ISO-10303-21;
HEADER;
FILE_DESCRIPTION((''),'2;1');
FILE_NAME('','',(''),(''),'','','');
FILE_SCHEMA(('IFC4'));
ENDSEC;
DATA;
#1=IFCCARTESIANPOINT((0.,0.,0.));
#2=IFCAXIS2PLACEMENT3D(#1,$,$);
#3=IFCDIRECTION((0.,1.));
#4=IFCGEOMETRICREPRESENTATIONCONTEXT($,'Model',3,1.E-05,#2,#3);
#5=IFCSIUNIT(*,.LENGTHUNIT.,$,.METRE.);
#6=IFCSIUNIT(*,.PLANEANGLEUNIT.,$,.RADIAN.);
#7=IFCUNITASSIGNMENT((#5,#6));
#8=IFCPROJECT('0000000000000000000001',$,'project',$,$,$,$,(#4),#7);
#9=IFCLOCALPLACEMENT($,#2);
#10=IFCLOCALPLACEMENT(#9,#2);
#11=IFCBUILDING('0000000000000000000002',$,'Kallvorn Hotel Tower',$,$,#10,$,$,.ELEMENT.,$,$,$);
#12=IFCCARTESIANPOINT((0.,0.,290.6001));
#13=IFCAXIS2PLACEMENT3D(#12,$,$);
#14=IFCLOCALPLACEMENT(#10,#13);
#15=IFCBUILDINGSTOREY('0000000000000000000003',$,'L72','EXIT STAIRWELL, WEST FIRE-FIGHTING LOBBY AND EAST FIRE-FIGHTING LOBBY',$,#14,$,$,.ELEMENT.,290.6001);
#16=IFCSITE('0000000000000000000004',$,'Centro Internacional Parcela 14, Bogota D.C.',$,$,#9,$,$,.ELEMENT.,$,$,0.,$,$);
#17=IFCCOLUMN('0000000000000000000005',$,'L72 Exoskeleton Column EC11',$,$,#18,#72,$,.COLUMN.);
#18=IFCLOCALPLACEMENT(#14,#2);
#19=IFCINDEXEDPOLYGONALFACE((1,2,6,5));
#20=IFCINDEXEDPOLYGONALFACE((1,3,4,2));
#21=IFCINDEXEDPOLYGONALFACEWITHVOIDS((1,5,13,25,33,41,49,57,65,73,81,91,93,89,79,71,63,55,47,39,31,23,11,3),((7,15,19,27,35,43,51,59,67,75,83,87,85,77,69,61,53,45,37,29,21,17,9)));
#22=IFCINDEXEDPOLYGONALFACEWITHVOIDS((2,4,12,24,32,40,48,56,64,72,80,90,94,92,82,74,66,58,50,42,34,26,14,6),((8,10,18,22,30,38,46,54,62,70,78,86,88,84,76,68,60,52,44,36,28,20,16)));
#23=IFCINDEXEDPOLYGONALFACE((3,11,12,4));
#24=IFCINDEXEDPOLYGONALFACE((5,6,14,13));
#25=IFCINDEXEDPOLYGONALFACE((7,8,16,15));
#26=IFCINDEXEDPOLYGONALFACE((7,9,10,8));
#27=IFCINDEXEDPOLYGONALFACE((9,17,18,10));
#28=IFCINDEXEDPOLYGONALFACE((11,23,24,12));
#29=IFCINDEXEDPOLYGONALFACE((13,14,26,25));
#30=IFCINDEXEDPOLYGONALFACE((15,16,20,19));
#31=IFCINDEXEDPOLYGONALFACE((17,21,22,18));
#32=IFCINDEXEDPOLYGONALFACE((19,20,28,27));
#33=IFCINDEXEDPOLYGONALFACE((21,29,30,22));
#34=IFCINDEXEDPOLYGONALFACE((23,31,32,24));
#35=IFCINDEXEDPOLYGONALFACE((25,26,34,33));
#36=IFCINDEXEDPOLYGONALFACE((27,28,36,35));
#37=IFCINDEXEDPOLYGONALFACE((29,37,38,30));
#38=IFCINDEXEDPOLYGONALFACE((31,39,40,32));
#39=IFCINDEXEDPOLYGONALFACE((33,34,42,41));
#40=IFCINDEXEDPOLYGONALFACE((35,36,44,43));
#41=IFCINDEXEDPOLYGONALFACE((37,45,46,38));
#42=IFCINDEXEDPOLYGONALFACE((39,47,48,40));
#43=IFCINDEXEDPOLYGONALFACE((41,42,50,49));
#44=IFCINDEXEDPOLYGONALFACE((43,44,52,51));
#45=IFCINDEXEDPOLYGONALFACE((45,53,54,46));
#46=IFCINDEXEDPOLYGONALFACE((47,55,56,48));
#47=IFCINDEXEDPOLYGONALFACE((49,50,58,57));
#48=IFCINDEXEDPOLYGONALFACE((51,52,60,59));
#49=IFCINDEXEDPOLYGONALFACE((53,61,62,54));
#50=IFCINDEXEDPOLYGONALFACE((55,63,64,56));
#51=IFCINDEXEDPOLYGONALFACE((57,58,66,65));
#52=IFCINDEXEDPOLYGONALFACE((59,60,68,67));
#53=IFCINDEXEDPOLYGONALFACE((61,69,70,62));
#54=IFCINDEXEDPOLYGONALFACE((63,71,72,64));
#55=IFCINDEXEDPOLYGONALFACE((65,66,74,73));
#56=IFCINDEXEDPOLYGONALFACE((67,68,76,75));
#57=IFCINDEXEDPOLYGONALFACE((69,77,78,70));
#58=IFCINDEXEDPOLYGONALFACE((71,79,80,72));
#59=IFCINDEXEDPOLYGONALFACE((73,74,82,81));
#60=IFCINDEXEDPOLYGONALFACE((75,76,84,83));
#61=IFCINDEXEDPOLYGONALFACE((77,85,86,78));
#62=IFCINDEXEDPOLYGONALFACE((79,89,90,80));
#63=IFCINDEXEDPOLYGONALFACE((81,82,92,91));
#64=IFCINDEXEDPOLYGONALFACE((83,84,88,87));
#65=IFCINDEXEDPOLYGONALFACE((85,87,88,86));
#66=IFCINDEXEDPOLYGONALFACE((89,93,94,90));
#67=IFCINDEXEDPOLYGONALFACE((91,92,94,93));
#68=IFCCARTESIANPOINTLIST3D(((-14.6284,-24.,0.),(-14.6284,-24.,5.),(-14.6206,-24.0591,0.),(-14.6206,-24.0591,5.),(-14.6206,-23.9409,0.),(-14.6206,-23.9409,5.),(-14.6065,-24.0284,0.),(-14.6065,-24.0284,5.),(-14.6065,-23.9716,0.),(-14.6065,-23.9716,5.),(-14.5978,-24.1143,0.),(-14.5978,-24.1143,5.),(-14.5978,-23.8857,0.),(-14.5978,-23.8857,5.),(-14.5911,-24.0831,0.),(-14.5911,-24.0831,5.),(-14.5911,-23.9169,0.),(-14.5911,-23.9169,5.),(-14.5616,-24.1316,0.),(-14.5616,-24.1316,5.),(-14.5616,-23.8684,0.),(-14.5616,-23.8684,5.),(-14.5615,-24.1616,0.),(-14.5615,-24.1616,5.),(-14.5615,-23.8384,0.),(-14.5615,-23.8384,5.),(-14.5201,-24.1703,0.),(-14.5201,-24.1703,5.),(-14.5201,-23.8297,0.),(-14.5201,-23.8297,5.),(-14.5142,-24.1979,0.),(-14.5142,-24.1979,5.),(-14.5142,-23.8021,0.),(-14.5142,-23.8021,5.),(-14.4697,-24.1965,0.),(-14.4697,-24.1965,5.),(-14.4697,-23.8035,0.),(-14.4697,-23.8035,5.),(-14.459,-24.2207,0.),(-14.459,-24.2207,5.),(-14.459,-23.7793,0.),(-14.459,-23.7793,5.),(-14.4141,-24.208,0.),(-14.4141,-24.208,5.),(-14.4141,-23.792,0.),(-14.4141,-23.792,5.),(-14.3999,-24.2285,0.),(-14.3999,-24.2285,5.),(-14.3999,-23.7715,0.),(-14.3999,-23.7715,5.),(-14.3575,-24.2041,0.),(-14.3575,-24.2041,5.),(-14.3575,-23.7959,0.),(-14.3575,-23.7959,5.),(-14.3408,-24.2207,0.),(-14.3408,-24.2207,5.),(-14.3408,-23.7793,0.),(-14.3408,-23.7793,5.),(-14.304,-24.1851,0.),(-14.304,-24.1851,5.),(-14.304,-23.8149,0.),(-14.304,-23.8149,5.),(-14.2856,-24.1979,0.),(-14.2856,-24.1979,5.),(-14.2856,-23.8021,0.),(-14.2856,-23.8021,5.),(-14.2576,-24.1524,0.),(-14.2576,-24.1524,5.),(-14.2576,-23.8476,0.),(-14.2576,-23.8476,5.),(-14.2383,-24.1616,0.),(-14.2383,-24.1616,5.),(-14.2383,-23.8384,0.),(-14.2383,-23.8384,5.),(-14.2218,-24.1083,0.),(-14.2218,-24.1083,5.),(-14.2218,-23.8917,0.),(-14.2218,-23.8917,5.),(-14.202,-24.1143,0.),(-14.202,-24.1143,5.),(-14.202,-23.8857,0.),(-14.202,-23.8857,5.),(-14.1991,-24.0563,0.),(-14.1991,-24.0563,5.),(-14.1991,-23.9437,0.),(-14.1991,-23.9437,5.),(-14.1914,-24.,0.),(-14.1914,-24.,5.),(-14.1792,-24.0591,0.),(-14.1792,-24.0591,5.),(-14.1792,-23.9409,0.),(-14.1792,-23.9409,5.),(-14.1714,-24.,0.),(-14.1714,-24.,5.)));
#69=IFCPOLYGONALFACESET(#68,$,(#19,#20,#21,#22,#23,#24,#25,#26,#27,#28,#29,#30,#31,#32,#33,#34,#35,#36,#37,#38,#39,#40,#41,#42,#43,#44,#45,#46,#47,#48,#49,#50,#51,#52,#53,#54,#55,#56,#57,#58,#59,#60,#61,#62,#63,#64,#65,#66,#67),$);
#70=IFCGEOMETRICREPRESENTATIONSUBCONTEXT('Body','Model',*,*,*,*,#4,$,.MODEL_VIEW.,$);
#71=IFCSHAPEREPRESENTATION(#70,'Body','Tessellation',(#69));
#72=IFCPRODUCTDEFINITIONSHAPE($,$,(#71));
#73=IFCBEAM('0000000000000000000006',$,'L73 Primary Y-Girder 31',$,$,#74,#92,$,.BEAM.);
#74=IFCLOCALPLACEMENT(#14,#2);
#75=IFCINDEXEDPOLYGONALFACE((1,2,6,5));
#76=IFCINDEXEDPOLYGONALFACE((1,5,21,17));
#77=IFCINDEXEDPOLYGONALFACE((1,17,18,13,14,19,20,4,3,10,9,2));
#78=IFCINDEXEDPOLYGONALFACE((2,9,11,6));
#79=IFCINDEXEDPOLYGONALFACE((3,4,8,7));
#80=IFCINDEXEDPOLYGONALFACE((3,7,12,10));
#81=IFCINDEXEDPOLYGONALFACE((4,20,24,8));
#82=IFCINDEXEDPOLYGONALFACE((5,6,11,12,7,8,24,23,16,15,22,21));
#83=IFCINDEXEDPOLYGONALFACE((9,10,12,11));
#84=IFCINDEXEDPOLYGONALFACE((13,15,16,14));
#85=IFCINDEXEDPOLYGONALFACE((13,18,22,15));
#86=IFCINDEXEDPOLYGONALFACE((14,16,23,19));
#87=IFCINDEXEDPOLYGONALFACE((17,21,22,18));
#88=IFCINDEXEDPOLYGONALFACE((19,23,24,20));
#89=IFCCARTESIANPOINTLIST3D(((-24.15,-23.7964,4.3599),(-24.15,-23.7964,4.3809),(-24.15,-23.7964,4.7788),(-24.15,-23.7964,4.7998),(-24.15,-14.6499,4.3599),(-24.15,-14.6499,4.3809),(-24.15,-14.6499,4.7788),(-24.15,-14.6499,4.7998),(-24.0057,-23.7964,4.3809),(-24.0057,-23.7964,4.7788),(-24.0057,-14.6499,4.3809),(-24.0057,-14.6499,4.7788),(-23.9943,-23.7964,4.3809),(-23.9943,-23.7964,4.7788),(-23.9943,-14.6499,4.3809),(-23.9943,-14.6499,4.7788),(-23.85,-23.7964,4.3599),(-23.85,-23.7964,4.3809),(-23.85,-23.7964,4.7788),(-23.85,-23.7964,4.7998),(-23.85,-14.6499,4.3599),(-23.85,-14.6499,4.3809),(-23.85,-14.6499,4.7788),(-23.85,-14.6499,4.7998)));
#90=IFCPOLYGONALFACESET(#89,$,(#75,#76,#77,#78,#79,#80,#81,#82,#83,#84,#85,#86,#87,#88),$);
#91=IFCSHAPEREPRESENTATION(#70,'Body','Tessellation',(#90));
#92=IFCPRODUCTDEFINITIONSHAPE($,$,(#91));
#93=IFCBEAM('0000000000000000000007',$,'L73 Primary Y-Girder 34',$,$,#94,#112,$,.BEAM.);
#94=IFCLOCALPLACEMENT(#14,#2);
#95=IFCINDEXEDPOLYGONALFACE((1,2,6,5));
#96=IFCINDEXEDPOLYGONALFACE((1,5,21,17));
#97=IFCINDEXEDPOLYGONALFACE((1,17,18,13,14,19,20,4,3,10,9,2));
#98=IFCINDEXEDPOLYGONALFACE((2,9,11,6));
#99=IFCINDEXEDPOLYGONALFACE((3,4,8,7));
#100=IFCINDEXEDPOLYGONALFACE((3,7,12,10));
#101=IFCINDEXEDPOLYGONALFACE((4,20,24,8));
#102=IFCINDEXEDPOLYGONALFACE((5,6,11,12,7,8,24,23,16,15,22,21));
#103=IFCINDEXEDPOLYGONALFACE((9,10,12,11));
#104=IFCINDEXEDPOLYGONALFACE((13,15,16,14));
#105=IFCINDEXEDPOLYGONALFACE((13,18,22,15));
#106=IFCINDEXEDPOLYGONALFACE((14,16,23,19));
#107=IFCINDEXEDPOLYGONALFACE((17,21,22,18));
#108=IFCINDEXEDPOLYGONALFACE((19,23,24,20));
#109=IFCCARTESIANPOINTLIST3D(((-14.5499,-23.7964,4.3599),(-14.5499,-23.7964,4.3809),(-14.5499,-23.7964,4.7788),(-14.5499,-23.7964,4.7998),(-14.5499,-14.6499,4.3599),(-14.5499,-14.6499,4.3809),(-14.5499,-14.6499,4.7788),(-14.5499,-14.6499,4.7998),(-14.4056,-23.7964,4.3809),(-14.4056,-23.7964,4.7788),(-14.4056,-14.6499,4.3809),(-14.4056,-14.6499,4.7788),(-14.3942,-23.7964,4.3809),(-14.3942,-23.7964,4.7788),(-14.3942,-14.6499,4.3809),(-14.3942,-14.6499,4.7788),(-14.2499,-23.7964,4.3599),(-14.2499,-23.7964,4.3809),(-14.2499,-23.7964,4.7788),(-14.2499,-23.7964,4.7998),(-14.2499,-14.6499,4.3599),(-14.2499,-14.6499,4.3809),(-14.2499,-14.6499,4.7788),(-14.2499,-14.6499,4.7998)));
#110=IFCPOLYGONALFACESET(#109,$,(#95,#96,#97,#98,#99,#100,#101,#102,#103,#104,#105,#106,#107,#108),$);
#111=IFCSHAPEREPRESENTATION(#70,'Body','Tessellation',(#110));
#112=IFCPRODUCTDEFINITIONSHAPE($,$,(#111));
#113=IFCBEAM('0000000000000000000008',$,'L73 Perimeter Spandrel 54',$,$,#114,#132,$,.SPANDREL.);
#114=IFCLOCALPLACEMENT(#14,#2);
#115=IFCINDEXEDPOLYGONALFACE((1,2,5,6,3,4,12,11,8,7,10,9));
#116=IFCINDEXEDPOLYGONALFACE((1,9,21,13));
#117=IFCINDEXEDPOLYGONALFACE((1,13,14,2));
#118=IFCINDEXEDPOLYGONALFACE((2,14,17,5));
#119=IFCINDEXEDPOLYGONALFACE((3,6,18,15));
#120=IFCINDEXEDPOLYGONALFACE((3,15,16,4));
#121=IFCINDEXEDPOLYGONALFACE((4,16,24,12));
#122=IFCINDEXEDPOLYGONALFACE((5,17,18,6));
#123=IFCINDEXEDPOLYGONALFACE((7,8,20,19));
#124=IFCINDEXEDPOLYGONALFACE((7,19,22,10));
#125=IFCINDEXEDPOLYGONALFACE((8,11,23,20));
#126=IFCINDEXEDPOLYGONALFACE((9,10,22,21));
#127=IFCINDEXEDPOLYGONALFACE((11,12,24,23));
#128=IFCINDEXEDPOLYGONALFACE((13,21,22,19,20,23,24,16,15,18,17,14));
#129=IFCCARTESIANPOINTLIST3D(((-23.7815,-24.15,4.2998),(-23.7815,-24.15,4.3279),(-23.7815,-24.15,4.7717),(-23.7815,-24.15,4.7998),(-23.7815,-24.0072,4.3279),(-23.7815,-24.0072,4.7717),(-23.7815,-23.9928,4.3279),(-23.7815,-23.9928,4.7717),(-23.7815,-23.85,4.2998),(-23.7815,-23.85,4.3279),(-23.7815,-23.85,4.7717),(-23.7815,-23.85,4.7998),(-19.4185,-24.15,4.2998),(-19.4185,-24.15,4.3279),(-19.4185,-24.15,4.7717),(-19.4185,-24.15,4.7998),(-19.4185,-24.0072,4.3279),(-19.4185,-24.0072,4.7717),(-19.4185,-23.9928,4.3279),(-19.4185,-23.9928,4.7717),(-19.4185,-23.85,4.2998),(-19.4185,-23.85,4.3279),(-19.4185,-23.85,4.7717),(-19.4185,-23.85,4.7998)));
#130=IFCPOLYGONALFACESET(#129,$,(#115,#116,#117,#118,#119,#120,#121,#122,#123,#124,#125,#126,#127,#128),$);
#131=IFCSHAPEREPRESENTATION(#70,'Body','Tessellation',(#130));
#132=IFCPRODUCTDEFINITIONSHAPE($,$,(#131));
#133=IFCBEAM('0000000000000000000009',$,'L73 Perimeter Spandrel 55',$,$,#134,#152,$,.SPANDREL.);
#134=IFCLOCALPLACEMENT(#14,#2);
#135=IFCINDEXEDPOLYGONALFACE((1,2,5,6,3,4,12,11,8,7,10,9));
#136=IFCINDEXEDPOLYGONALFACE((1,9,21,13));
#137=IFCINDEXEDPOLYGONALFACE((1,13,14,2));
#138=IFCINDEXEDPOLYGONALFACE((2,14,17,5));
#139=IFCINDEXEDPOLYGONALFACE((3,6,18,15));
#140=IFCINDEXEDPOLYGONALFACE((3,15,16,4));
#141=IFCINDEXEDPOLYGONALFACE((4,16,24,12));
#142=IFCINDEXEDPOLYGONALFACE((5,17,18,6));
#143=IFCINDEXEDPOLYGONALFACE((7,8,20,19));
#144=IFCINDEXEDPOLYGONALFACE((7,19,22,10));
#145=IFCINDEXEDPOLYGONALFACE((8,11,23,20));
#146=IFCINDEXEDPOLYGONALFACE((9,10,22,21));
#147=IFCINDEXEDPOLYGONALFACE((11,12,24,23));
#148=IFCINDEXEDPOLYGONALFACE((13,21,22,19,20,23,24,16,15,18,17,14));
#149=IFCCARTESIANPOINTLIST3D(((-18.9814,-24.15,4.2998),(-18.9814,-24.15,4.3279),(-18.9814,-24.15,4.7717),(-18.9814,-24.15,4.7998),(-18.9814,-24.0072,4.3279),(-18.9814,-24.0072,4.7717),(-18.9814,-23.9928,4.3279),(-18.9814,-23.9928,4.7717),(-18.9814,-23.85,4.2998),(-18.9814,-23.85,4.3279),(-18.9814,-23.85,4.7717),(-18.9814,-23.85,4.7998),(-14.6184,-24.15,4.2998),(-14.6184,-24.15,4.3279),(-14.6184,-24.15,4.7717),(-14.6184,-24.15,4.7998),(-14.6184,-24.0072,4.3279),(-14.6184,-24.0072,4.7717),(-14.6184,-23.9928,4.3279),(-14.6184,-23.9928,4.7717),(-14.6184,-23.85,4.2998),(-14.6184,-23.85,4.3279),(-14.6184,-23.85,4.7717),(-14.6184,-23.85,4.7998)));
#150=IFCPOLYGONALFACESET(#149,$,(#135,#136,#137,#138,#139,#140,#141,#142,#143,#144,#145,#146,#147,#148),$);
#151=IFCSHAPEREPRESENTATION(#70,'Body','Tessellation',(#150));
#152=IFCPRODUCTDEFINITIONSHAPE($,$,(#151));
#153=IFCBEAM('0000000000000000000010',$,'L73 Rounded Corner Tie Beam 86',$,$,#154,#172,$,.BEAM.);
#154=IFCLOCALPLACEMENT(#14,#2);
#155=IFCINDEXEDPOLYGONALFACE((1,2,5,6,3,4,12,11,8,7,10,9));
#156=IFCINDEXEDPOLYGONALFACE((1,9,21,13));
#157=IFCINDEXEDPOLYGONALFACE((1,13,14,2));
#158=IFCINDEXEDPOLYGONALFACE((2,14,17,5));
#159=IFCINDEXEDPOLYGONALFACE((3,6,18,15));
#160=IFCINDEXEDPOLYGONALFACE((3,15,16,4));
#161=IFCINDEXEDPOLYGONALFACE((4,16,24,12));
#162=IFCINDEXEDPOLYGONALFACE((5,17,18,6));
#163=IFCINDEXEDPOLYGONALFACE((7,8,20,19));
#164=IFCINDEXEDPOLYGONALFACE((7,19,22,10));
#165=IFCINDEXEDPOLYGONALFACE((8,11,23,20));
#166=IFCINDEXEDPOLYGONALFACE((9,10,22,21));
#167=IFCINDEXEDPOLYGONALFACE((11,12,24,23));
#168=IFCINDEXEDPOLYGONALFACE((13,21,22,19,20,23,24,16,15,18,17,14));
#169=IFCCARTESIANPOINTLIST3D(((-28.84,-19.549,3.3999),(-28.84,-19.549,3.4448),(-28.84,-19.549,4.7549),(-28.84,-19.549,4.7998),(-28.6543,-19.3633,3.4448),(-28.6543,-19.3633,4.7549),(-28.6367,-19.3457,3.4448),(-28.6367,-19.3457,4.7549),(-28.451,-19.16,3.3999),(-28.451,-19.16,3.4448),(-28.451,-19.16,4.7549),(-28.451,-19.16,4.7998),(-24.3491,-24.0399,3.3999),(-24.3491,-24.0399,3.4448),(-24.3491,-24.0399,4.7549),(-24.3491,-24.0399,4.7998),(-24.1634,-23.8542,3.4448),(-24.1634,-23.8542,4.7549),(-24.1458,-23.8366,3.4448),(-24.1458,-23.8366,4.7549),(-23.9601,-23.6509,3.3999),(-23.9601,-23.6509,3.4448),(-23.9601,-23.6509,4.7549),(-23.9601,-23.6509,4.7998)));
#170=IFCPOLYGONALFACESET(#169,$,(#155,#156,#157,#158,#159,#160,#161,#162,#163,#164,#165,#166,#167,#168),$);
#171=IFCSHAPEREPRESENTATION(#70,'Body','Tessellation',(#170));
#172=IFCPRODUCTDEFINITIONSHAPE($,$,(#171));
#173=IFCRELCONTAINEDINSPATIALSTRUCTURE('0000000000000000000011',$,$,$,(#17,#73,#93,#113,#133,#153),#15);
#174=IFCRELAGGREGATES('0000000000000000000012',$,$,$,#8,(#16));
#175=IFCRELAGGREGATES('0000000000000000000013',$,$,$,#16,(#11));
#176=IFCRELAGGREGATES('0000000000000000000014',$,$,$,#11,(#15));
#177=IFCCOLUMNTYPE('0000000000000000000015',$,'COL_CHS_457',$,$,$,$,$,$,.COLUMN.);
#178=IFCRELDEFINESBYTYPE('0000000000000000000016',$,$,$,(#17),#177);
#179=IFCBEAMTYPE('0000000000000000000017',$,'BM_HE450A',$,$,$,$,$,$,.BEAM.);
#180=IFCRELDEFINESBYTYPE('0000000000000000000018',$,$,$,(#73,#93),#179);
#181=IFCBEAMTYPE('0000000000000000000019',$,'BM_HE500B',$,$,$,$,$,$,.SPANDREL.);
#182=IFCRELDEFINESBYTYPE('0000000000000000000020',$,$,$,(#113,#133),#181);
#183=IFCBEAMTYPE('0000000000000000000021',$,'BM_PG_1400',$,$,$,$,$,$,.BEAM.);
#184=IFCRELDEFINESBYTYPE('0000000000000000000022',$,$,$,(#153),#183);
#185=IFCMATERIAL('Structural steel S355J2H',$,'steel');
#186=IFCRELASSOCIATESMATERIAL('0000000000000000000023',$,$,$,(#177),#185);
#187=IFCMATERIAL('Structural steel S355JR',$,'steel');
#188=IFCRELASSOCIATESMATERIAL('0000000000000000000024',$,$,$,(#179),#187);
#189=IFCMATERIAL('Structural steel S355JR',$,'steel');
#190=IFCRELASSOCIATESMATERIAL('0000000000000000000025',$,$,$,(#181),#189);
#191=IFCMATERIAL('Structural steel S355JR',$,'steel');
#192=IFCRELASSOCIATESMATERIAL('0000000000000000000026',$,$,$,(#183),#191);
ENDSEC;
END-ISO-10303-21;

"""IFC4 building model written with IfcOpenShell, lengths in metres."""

from ifc_helpers import new_model, si_unit, direction, frame, origin, origin_2d, place, context, subcontext, project, spatial, hollow_circle, i_section, extrude, material, material_profile, profile_set, type_object, element, save


model = new_model("IFC4")

# Units and contexts
model_context = context("Model", 3, precision=1e-05, world=origin(), true_north=direction((0.0, 1.0)))
body_context = subcontext(model_context, "Body", "Model", "MODEL_VIEW")
ifc_project = project(units=[si_unit("LENGTHUNIT", "METRE"), si_unit("PLANEANGLEUNIT", "RADIAN")], contexts=[model_context])

# Site, building, storey
site_placement = place(None, origin())
site = spatial("IfcSite", under=ifc_project, at=site_placement, Name="Centro Internacional Parcela 14, Bogota D.C.", CompositionType="ELEMENT", RefElevation=0.0)
building_placement = place(site_placement, origin())
building = spatial("IfcBuilding", under=site, at=building_placement, Name="Kallvorn Hotel Tower", CompositionType="ELEMENT")
storey_placement = place(building_placement, frame((0.0, 0.0, 290.6001)))
storey = spatial("IfcBuildingStorey", under=building, at=storey_placement, Name="L72", Description="EXIT STAIRWELL, WEST FIRE-FIGHTING LOBBY AND EAST FIRE-FIGHTING LOBBY", CompositionType="ELEMENT", Elevation=290.6001)

# Column
ifc_material_1 = material(Name="Structural steel S355J2H", Category="steel")
ifc_material_profile_1 = material_profile(ifc_material_1, hollow_circle(Radius=0.2285, WallThickness=0.02, at=origin_2d()), Name="CHS 457x20")
ifc_profile_set_1 = profile_set([ifc_material_profile_1], Name="Structural steel S355J2H")
column_type = type_object("IfcColumnType", Name="COL_CHS_457", PredefinedType="COLUMN", material=ifc_profile_set_1)
for number, where, z_axis, x_axis, name in (
    (1, (-14.3999, -24.0, 0.0), (0.0, 0.0, 1.0), (1.0, 0.0, 0.0), "L72 Exoskeleton Column EC11"),
):
    element("IfcColumn", number, at=place(storey_placement, frame(where, z_axis=z_axis, x_axis=x_axis)), inside=storey, type_object=column_type, Name=name, PredefinedType="COLUMN", context=body_context, shape_type="SweptSolid", body=[
        extrude(hollow_circle(Radius=0.2285, WallThickness=0.02, at=origin_2d()), origin(), (0.0, 0.0, 1.0), 5.0),
    ])

# Beams
ifc_material_2 = material(Name="Structural steel S355JR", Category="steel")
ifc_material_profile_2 = material_profile(ifc_material_2, i_section(OverallWidth=0.3, OverallDepth=0.4399, WebThickness=0.0115, FlangeThickness=0.021, at=origin_2d()), Name="HE 450 A")
ifc_profile_set_2 = profile_set([ifc_material_profile_2], Name="Structural steel S355JR")
beam_type_1 = type_object("IfcBeamType", Name="BM_HE450A", PredefinedType="BEAM", material=ifc_profile_set_2)
for number, where, z_axis, x_axis, name in (
    (2, (-24.0, -23.7964, 4.5798), (0.0, 1.0, 0.0), (-1.0, 0.0, 0.0), "L73 Primary Y-Girder 31"),
    (3, (-14.3999, -23.7964, 4.5798), (0.0, 1.0, 0.0), (-1.0, 0.0, 0.0), "L73 Primary Y-Girder 34"),
):
    element("IfcBeam", number, at=place(storey_placement, frame(where, z_axis=z_axis, x_axis=x_axis)), inside=storey, type_object=beam_type_1, Name=name, PredefinedType="BEAM", context=body_context, shape_type="SweptSolid", body=[
        extrude(i_section(OverallWidth=0.3, OverallDepth=0.4399, WebThickness=0.0115, FlangeThickness=0.021, at=origin_2d()), origin(), (0.0, 0.0, 1.0), 9.1465),
    ])
ifc_material_3 = material(Name="Structural steel S355JR", Category="steel")
ifc_material_profile_3 = material_profile(ifc_material_3, i_section(OverallWidth=0.3, OverallDepth=0.5, WebThickness=0.0144, FlangeThickness=0.0281, at=origin_2d()), Name="HE 500 B")
ifc_profile_set_3 = profile_set([ifc_material_profile_3], Name="Structural steel S355JR")
beam_type_2 = type_object("IfcBeamType", Name="BM_HE500B", PredefinedType="SPANDREL", material=ifc_profile_set_3)
for number, where, z_axis, x_axis, name in (
    (4, (-23.7815, -24.0, 4.5498), (1.0, 0.0, 0.0), (0.0, 1.0, 0.0), "L73 Perimeter Spandrel 54"),
    (5, (-18.9814, -24.0, 4.5498), (1.0, 0.0, 0.0), (0.0, 1.0, 0.0), "L73 Perimeter Spandrel 55"),
):
    element("IfcBeam", number, at=place(storey_placement, frame(where, z_axis=z_axis, x_axis=x_axis)), inside=storey, type_object=beam_type_2, Name=name, PredefinedType="SPANDREL", context=body_context, shape_type="SweptSolid", body=[
        extrude(i_section(OverallWidth=0.3, OverallDepth=0.5, WebThickness=0.0144, FlangeThickness=0.0281, at=origin_2d()), origin(), (0.0, 0.0, 1.0), 4.363),
    ])
ifc_material_4 = material(Name="Structural steel S355JR", Category="steel")
ifc_material_profile_4 = material_profile(ifc_material_4, i_section(OverallWidth=0.55, OverallDepth=1.3999, WebThickness=0.0249, FlangeThickness=0.0449, at=origin_2d()), Name="PG 1400x550x25x45")
ifc_profile_set_4 = profile_set([ifc_material_profile_4], Name="Structural steel S355JR")
beam_type_3 = type_object("IfcBeamType", Name="BM_PG_1400", PredefinedType="BEAM", material=ifc_profile_set_4)
beam_placement = place(storey_placement, frame((-28.6455, -19.3545, 4.0999), z_axis=(0.707107, -0.707107, 0.0), x_axis=(0.707107, 0.707107, 0.0)))
element("IfcBeam", 6, at=beam_placement, inside=storey, type_object=beam_type_3, Name="L73 Rounded Corner Tie Beam 86", PredefinedType="BEAM", context=body_context, shape_type="SweptSolid", body=[
    extrude(i_section(OverallWidth=0.55, OverallDepth=1.3999, WebThickness=0.0249, FlangeThickness=0.0449, at=origin_2d()), origin(), (0.0, 0.0, 1.0), 6.3511),
])

save(model, "model.ifc")
